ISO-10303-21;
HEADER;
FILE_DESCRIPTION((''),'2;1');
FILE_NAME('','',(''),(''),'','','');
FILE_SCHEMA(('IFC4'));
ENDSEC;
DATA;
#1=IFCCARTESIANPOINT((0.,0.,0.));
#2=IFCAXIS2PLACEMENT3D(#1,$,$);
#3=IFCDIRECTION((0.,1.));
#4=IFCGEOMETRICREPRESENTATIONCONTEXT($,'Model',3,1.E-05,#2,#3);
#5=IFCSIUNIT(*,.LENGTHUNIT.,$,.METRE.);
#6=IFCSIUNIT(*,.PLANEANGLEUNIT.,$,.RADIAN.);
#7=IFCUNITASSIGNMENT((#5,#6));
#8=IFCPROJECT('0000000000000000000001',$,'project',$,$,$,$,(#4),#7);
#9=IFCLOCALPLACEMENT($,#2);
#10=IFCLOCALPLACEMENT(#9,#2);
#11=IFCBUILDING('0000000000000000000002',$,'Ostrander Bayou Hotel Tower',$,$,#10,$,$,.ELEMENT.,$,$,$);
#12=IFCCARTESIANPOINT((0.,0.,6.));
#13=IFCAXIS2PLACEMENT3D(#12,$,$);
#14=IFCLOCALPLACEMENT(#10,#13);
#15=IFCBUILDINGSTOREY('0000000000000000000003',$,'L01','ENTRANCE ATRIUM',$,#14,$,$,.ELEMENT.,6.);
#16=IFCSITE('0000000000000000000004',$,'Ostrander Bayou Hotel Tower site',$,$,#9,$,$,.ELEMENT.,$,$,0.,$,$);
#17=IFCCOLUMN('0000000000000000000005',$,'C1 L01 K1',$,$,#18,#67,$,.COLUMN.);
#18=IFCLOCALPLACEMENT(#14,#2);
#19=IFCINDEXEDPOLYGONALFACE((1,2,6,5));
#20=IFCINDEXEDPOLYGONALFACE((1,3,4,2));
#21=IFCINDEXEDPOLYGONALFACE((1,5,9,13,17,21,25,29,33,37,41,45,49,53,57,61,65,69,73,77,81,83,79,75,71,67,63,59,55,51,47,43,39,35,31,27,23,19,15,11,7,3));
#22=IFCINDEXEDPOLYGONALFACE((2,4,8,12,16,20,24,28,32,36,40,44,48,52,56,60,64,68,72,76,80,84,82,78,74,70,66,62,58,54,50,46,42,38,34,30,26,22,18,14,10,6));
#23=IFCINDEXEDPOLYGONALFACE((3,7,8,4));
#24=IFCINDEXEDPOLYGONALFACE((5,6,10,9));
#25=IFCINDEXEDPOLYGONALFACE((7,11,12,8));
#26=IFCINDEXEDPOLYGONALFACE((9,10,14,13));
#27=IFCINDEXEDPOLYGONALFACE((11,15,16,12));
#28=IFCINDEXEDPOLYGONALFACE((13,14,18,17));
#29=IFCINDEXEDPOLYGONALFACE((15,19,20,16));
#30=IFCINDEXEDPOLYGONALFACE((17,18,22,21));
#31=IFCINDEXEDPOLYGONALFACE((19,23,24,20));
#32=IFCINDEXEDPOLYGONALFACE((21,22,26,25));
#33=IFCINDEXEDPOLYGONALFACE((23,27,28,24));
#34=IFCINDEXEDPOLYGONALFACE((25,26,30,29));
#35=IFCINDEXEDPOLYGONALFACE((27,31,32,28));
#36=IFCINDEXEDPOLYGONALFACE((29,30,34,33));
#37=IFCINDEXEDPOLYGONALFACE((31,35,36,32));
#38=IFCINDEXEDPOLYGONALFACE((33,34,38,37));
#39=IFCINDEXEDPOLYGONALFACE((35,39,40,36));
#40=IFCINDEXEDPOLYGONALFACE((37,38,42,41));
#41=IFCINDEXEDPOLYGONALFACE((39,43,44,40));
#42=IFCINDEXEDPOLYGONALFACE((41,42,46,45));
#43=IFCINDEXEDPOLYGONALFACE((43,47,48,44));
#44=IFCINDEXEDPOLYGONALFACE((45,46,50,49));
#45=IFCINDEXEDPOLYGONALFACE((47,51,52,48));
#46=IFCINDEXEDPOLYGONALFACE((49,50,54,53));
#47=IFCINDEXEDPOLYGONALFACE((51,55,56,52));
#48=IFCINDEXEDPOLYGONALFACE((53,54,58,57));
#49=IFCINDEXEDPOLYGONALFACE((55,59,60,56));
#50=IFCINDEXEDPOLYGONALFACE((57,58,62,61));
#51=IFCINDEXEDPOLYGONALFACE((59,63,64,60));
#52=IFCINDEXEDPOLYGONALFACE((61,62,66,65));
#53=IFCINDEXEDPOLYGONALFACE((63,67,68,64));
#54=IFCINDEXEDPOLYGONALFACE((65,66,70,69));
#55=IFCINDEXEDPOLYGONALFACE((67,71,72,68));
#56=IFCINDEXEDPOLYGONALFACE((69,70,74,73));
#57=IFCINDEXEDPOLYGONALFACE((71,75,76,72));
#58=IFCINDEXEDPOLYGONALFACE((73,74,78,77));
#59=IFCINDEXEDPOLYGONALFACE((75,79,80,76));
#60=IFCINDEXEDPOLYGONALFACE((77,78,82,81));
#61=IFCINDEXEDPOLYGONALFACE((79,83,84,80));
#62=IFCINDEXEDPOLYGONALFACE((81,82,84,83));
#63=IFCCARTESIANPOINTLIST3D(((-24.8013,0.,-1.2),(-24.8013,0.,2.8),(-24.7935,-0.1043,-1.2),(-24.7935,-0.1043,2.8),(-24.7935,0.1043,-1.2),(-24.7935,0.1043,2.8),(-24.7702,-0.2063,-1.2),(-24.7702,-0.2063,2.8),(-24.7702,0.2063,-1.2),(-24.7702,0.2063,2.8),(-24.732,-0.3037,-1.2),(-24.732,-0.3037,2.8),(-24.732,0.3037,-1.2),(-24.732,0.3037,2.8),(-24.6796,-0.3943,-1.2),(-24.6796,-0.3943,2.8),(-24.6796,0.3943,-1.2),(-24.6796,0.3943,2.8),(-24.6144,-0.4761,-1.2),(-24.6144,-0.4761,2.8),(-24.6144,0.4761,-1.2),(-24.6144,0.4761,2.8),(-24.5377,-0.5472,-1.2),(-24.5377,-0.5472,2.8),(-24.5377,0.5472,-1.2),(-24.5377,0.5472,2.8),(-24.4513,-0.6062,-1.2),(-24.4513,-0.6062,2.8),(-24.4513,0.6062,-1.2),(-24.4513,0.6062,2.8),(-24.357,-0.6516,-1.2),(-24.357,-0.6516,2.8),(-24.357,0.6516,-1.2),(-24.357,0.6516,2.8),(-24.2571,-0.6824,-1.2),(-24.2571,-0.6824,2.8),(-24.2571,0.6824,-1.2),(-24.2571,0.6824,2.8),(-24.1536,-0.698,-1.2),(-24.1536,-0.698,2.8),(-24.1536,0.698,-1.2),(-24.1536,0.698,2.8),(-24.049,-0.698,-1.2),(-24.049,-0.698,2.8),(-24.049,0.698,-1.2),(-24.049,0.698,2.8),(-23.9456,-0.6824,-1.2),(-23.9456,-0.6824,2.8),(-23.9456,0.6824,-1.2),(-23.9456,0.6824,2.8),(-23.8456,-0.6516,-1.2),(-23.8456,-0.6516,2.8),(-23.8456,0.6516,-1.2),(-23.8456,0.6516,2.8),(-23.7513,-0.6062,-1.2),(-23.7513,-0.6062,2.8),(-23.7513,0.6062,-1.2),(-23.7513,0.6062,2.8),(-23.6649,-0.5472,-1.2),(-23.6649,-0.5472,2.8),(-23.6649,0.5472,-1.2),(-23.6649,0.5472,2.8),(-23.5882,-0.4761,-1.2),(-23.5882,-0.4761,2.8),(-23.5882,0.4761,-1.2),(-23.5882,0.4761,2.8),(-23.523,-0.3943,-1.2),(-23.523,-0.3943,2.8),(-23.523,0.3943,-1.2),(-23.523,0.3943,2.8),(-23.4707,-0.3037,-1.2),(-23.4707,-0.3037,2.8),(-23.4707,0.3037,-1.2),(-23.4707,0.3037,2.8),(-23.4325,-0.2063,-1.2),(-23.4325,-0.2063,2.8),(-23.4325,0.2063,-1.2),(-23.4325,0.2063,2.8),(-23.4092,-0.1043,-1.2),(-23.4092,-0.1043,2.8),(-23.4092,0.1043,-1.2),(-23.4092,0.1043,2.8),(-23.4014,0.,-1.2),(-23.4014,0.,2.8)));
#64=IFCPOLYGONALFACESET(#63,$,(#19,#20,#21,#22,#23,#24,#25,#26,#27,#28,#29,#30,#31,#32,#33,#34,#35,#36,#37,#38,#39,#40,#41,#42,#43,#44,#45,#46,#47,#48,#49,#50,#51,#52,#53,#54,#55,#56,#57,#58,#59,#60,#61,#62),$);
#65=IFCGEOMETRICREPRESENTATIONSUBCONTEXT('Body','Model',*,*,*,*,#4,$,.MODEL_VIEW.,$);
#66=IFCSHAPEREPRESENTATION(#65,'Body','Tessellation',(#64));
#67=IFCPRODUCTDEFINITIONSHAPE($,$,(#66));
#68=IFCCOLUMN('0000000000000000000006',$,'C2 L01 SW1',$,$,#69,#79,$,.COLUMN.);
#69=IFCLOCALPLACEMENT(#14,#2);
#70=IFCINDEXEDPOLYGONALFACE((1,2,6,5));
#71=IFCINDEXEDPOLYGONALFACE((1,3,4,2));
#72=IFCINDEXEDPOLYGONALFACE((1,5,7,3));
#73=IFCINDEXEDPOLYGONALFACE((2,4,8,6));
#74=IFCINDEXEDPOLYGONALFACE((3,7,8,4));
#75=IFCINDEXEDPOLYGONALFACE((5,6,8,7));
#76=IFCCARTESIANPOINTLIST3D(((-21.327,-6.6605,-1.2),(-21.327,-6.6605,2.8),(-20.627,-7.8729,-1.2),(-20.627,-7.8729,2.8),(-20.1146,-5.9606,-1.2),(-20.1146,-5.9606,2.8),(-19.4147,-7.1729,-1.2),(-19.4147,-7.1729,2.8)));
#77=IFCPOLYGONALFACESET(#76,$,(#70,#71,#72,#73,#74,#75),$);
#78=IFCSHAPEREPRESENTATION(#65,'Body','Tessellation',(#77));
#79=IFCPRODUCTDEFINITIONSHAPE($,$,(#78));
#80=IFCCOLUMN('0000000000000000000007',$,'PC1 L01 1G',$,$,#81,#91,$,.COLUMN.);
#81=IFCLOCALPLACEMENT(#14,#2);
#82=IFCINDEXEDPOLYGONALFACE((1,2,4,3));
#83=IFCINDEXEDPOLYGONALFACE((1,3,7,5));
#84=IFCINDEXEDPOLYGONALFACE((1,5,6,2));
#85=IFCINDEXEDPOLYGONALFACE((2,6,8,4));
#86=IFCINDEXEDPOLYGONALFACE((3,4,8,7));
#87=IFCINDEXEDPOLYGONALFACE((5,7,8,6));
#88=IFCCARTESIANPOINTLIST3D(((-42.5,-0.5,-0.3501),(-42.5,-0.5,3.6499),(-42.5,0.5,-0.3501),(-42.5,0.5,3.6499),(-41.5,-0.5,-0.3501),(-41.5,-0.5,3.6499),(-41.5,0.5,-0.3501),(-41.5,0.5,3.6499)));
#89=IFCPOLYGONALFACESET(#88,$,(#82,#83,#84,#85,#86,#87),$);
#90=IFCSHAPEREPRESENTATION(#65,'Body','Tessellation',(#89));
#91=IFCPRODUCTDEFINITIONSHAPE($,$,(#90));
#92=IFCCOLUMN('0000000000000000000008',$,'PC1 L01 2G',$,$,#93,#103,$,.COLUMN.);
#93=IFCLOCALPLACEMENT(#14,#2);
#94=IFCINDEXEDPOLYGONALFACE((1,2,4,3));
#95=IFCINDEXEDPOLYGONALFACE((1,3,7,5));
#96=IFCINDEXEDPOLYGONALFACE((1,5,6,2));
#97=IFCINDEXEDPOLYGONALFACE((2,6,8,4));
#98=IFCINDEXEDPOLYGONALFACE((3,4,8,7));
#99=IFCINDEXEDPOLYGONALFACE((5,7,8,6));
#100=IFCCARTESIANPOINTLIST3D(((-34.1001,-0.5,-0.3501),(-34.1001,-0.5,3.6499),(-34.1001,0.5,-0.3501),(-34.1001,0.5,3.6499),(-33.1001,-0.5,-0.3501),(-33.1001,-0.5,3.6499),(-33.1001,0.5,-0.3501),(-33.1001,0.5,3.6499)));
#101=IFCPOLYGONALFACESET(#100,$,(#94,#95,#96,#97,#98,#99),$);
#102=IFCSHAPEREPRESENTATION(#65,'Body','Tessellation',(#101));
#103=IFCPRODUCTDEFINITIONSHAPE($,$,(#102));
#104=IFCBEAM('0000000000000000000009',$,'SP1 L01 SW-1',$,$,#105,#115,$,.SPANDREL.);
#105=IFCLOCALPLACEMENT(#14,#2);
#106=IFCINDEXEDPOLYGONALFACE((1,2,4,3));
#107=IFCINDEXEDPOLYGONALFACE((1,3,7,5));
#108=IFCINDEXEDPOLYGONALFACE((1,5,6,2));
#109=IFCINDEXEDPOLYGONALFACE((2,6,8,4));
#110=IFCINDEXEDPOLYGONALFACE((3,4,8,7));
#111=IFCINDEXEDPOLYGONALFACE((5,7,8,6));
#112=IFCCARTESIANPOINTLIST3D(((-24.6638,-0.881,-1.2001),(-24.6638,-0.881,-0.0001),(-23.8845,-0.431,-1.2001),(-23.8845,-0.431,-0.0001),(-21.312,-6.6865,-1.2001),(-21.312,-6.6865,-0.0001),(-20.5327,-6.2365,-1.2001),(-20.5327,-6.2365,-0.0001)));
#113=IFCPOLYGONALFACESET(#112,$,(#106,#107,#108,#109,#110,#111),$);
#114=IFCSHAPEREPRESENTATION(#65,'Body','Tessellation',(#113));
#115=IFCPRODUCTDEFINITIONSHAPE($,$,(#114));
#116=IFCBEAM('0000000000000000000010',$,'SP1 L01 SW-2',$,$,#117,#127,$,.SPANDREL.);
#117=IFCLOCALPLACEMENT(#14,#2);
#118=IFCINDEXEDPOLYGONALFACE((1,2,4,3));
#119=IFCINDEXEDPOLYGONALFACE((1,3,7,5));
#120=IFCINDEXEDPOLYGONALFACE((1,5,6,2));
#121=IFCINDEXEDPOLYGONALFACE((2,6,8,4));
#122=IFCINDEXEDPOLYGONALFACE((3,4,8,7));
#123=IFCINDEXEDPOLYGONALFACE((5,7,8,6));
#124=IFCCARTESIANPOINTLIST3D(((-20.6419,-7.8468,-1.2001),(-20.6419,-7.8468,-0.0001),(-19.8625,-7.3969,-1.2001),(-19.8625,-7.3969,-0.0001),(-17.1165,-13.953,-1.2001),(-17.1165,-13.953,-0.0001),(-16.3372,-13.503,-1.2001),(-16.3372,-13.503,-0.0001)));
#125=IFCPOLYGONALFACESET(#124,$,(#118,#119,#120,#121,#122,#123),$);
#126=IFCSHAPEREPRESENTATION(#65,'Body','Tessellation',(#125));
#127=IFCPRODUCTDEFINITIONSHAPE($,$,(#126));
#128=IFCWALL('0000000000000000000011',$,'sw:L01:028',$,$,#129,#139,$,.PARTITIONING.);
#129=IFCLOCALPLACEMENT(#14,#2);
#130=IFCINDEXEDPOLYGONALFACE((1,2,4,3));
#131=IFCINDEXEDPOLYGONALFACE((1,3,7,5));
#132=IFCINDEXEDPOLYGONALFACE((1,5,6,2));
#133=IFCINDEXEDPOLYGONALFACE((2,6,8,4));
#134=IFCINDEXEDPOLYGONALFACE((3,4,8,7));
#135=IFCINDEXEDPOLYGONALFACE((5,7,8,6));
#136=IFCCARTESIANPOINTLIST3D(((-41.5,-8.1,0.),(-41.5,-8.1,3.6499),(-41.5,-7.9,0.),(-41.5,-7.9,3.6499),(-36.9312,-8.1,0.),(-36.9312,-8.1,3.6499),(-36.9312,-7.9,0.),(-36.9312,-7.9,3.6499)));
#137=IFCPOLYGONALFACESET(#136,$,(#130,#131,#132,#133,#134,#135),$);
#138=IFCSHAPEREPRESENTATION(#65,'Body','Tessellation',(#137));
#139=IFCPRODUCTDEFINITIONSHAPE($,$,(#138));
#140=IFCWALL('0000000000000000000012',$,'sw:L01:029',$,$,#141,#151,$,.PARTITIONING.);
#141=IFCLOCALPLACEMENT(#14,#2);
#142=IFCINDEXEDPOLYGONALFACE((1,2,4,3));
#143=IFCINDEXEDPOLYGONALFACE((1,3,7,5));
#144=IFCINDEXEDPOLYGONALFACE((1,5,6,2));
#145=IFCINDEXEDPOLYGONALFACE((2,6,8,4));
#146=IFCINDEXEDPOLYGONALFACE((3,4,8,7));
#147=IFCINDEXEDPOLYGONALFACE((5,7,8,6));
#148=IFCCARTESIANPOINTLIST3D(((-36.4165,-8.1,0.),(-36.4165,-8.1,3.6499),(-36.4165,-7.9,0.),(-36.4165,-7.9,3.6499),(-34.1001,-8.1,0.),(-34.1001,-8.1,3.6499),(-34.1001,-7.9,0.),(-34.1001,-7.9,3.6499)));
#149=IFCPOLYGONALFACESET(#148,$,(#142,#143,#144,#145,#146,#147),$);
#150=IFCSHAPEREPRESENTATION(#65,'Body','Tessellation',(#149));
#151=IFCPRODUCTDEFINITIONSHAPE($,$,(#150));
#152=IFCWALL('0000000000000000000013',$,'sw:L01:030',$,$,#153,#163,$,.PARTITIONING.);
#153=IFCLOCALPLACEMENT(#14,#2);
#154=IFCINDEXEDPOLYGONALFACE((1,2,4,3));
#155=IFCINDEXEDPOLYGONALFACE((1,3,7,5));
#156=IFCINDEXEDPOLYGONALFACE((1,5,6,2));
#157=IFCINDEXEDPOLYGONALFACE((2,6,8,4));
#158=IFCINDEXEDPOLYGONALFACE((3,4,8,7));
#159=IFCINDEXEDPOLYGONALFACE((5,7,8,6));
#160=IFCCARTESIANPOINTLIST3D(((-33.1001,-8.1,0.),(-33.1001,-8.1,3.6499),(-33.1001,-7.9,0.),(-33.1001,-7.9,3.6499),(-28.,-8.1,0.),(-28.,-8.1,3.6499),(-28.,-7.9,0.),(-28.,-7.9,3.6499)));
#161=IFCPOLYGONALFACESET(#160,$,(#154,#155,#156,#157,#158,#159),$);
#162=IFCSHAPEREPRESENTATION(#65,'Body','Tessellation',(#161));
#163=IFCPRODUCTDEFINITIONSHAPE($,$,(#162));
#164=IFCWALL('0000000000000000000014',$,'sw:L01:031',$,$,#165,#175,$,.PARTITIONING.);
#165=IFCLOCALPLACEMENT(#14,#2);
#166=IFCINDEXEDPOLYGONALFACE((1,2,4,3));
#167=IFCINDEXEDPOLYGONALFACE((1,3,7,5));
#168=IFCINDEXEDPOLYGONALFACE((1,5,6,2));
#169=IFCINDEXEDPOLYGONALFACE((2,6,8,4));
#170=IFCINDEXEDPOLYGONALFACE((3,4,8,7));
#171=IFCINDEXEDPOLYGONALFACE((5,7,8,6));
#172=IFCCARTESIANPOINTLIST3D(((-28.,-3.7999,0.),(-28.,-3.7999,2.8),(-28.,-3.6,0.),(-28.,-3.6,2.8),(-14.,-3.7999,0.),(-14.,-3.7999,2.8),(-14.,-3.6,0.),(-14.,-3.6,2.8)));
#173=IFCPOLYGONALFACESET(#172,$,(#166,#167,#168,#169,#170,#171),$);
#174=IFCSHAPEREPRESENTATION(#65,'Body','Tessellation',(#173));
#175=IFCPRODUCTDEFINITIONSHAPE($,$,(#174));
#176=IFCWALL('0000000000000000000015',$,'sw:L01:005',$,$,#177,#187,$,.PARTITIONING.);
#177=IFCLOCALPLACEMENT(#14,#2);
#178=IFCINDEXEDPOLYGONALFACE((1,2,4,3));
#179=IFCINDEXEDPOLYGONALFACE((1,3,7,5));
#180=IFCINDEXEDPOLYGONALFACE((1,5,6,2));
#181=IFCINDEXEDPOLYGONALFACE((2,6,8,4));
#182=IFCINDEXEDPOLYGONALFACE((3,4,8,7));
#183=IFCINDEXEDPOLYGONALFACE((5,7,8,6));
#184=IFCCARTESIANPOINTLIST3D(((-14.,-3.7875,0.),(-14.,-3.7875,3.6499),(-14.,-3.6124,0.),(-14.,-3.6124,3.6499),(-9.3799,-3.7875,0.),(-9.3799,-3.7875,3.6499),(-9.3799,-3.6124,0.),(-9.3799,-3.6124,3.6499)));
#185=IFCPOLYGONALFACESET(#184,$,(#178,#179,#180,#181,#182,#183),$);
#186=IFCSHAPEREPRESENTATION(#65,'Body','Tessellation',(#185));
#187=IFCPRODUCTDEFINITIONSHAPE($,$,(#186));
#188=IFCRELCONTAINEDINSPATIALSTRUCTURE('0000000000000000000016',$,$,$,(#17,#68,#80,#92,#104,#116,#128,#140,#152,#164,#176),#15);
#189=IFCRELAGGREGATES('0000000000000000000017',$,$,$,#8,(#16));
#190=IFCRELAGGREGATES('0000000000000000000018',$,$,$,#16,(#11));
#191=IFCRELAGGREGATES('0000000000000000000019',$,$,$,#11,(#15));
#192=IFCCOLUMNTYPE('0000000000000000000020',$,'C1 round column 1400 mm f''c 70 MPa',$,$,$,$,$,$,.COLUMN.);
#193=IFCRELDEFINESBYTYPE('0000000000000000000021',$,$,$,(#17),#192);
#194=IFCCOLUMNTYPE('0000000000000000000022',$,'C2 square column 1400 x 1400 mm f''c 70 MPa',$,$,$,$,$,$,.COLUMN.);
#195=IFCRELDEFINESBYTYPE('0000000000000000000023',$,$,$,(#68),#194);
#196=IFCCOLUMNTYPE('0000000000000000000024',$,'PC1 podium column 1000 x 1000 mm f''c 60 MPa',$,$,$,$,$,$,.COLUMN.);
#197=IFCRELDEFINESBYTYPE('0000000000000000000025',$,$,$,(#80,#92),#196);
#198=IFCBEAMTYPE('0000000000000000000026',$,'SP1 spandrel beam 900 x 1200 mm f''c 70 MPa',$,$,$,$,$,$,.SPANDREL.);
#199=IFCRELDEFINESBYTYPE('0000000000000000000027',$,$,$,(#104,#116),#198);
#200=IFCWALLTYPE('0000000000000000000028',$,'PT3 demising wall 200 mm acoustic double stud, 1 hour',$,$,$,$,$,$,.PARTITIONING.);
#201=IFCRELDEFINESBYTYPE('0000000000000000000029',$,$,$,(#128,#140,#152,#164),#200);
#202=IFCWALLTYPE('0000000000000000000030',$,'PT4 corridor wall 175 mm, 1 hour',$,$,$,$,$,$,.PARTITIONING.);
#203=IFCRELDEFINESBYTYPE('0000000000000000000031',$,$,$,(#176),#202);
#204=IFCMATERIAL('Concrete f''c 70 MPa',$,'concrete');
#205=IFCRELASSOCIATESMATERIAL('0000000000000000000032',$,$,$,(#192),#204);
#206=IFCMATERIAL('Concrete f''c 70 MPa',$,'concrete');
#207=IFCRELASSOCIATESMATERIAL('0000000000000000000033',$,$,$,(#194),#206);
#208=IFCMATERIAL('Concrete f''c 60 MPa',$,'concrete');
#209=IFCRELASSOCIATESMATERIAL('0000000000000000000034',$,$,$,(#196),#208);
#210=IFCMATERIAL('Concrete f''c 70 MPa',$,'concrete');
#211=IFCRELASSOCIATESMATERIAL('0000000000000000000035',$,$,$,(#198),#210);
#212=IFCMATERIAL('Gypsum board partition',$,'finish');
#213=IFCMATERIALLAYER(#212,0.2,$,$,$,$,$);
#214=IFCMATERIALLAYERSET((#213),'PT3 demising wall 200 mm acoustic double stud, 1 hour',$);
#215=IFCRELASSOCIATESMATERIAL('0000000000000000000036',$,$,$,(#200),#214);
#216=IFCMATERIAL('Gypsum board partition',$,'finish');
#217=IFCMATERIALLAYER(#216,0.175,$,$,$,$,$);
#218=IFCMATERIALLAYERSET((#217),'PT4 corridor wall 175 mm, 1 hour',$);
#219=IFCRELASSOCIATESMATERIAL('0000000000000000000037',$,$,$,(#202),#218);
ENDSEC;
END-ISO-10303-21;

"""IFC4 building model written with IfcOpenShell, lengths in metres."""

from ifc_helpers import new_model, si_unit, direction, frame, frame_2d, origin, origin_2d, place, context, subcontext, project, spatial, rectangle, circle, extrude, material, layer, layer_set, material_profile, profile_set, type_object, element, save


model = new_model("IFC4")

# Units and contexts
model_context = context("Model", 3, precision=1e-05, world=origin(), true_north=direction((0.0, 1.0)))
body_context = subcontext(model_context, "Body", "Model", "MODEL_VIEW")
ifc_project = project(units=[si_unit("LENGTHUNIT", "METRE"), si_unit("PLANEANGLEUNIT", "RADIAN")], contexts=[model_context])

# Site, building, storey
site_placement = place(None, origin())
site = spatial("IfcSite", under=ifc_project, at=site_placement, Name="Ostrander Bayou Hotel Tower site", CompositionType="ELEMENT", RefElevation=0.0)
building_placement = place(site_placement, origin())
building = spatial("IfcBuilding", under=site, at=building_placement, Name="Ostrander Bayou Hotel Tower", CompositionType="ELEMENT")
storey_placement = place(building_placement, frame((0.0, 0.0, 6.0)))
storey = spatial("IfcBuildingStorey", under=building, at=storey_placement, Name="L01", Description="ENTRANCE ATRIUM", CompositionType="ELEMENT", Elevation=6.0)

# Columns
ifc_material_1 = material(Name="Concrete f'c 70 MPa", Category="concrete")
ifc_material_profile_1 = material_profile(ifc_material_1, circle(Radius=0.7, at=origin_2d()))
ifc_profile_set_1 = profile_set([ifc_material_profile_1], Name="Concrete f'c 70 MPa")
column_type_1 = type_object("IfcColumnType", Name="C1 round column 1400 mm f'c 70 MPa", PredefinedType="COLUMN", material=ifc_profile_set_1)
column_1_placement = place(storey_placement, frame((-24.1013, 0.0, -1.2), z_axis=(0.0, 0.0, 1.0), x_axis=(1.0, 0.0, 0.0)))
element("IfcColumn", 1, at=column_1_placement, inside=storey, type_object=column_type_1, Name="C1 L01 K1", PredefinedType="COLUMN", context=body_context, shape_type="SweptSolid", body=[
    extrude(circle(Radius=0.7, at=origin_2d()), origin(), (0.0, 0.0, 1.0), 4.0),
])
ifc_material_2 = material(Name="Concrete f'c 70 MPa", Category="concrete")
ifc_material_profile_2 = material_profile(ifc_material_2, rectangle(XDim=1.3999, YDim=1.3999, at=origin_2d()))
ifc_profile_set_2 = profile_set([ifc_material_profile_2], Name="Concrete f'c 70 MPa")
column_type_2 = type_object("IfcColumnType", Name="C2 square column 1400 x 1400 mm f'c 70 MPa", PredefinedType="COLUMN", material=ifc_profile_set_2)
column_2_placement = place(storey_placement, frame((-20.3708, -6.9167, -1.2), z_axis=(0.0, 0.0, 1.0), x_axis=(-0.5, 0.866025, 0.0)))
element("IfcColumn", 2, at=column_2_placement, inside=storey, type_object=column_type_2, Name="C2 L01 SW1", PredefinedType="COLUMN", context=body_context, shape_type="SweptSolid", body=[
    extrude(rectangle(XDim=1.3999, YDim=1.3999, at=origin_2d()), origin(), (0.0, 0.0, 1.0), 4.0),
])
ifc_material_3 = material(Name="Concrete f'c 60 MPa", Category="concrete")
ifc_material_profile_3 = material_profile(ifc_material_3, rectangle(XDim=1.0, YDim=1.0, at=origin_2d()))
ifc_profile_set_3 = profile_set([ifc_material_profile_3], Name="Concrete f'c 60 MPa")
column_type_3 = type_object("IfcColumnType", Name="PC1 podium column 1000 x 1000 mm f'c 60 MPa", PredefinedType="COLUMN", material=ifc_profile_set_3)
for number, where, z_axis, x_axis, name in (
    (3, (-42.0, 0.0, -0.3501), (0.0, 0.0, 1.0), (1.0, 0.0, 0.0), "PC1 L01 1G"),
    (4, (-33.6001, 0.0, -0.3501), (0.0, 0.0, 1.0), (1.0, 0.0, 0.0), "PC1 L01 2G"),
):
    element("IfcColumn", number, at=place(storey_placement, frame(where, z_axis=z_axis, x_axis=x_axis)), inside=storey, type_object=column_type_3, Name=name, PredefinedType="COLUMN", context=body_context, shape_type="SweptSolid", body=[
        extrude(rectangle(XDim=1.0, YDim=1.0, at=origin_2d()), origin(), (0.0, 0.0, 1.0), 4.0),
    ])

# Beams
ifc_material_4 = material(Name="Concrete f'c 70 MPa", Category="concrete")
ifc_material_profile_4 = material_profile(ifc_material_4, rectangle(XDim=0.8999, YDim=1.2, at=origin_2d()))
ifc_profile_set_4 = profile_set([ifc_material_profile_4], Name="Concrete f'c 70 MPa")
beam_type = type_object("IfcBeamType", Name="SP1 spandrel beam 900 x 1200 mm f'c 70 MPa", PredefinedType="SPANDREL", material=ifc_profile_set_4)
beam_1_placement = place(storey_placement, frame((-24.2742, -0.656, -0.6001), z_axis=(0.500005, -0.866022, 0.0), x_axis=(0.866022, 0.500005, 0.0)))
element("IfcBeam", 5, at=beam_1_placement, inside=storey, type_object=beam_type, Name="SP1 L01 SW-1", PredefinedType="SPANDREL", context=body_context, shape_type="SweptSolid", body=[
    extrude(rectangle(XDim=0.8999, YDim=1.2, at=origin_2d()), origin(), (0.0, 0.0, 1.0), 6.7036),
])
beam_2_placement = place(storey_placement, frame((-20.2522, -7.6218, -0.6001), z_axis=(0.499997, -0.866027, 0.0), x_axis=(0.866027, 0.499997, 0.0)))
element("IfcBeam", 6, at=beam_2_placement, inside=storey, type_object=beam_type, Name="SP1 L01 SW-2", PredefinedType="SPANDREL", context=body_context, shape_type="SweptSolid", body=[
    extrude(rectangle(XDim=0.8999, YDim=1.2, at=origin_2d()), origin(), (0.0, 0.0, 1.0), 7.0508),
])

# Walls
ifc_material_5 = material(Name="Gypsum board partition", Category="finish")
ifc_layer_1 = layer(ifc_material_5, 0.2)
ifc_layer_set_1 = layer_set([ifc_layer_1], Name="PT3 demising wall 200 mm acoustic double stud, 1 hour")
wall_type_1 = type_object("IfcWallType", Name="PT3 demising wall 200 mm acoustic double stud, 1 hour", PredefinedType="PARTITIONING", material=ifc_layer_set_1)
wall_1_placement = place(storey_placement, frame((-41.5, -8.0, 0.0), z_axis=(0.0, 0.0, 1.0), x_axis=(1.0, 0.0, 0.0)))
element("IfcWall", 7, at=wall_1_placement, inside=storey, type_object=wall_type_1, Name="sw:L01:028", PredefinedType="PARTITIONING", context=body_context, shape_type="SweptSolid", body=[
    extrude(rectangle(XDim=4.5688, YDim=0.2, at=frame_2d((2.2844, 0.0))), origin(), (0.0, 0.0, 1.0), 3.6499),
])
wall_2_placement = place(storey_placement, frame((-36.4165, -8.0, 0.0), z_axis=(0.0, 0.0, 1.0), x_axis=(1.0, 0.0, 0.0)))
element("IfcWall", 8, at=wall_2_placement, inside=storey, type_object=wall_type_1, Name="sw:L01:029", PredefinedType="PARTITIONING", context=body_context, shape_type="SweptSolid", body=[
    extrude(rectangle(XDim=2.3164, YDim=0.2, at=frame_2d((1.1582, 0.0))), origin(), (0.0, 0.0, 1.0), 3.6499),
])
wall_3_placement = place(storey_placement, frame((-33.1001, -8.0, 0.0), z_axis=(0.0, 0.0, 1.0), x_axis=(1.0, 0.0, 0.0)))
element("IfcWall", 9, at=wall_3_placement, inside=storey, type_object=wall_type_1, Name="sw:L01:030", PredefinedType="PARTITIONING", context=body_context, shape_type="SweptSolid", body=[
    extrude(rectangle(XDim=5.1001, YDim=0.2, at=frame_2d((2.55, 0.0))), origin(), (0.0, 0.0, 1.0), 3.6499),
])
wall_4_placement = place(storey_placement, frame((-28.0, -3.7, 0.0), z_axis=(0.0, 0.0, 1.0), x_axis=(1.0, 0.0, 0.0)))
element("IfcWall", 10, at=wall_4_placement, inside=storey, type_object=wall_type_1, Name="sw:L01:031", PredefinedType="PARTITIONING", context=body_context, shape_type="SweptSolid", body=[
    extrude(rectangle(XDim=14.0, YDim=0.2, at=frame_2d((7.0, 0.0))), origin(), (0.0, 0.0, 1.0), 2.8),
])

# Wall
ifc_material_6 = material(Name="Gypsum board partition", Category="finish")
ifc_layer_2 = layer(ifc_material_6, 0.175)
ifc_layer_set_2 = layer_set([ifc_layer_2], Name="PT4 corridor wall 175 mm, 1 hour")
wall_type_2 = type_object("IfcWallType", Name="PT4 corridor wall 175 mm, 1 hour", PredefinedType="PARTITIONING", material=ifc_layer_set_2)
wall_5_placement = place(storey_placement, frame((-14.0, -3.7, 0.0), z_axis=(0.0, 0.0, 1.0), x_axis=(1.0, 0.0, 0.0)))
element("IfcWall", 11, at=wall_5_placement, inside=storey, type_object=wall_type_2, Name="sw:L01:005", PredefinedType="PARTITIONING", context=body_context, shape_type="SweptSolid", body=[
    extrude(rectangle(XDim=4.6201, YDim=0.175, at=frame_2d((2.3101, 0.0))), origin(), (0.0, 0.0, 1.0), 3.6499),
])

save(model, "model.ifc")
